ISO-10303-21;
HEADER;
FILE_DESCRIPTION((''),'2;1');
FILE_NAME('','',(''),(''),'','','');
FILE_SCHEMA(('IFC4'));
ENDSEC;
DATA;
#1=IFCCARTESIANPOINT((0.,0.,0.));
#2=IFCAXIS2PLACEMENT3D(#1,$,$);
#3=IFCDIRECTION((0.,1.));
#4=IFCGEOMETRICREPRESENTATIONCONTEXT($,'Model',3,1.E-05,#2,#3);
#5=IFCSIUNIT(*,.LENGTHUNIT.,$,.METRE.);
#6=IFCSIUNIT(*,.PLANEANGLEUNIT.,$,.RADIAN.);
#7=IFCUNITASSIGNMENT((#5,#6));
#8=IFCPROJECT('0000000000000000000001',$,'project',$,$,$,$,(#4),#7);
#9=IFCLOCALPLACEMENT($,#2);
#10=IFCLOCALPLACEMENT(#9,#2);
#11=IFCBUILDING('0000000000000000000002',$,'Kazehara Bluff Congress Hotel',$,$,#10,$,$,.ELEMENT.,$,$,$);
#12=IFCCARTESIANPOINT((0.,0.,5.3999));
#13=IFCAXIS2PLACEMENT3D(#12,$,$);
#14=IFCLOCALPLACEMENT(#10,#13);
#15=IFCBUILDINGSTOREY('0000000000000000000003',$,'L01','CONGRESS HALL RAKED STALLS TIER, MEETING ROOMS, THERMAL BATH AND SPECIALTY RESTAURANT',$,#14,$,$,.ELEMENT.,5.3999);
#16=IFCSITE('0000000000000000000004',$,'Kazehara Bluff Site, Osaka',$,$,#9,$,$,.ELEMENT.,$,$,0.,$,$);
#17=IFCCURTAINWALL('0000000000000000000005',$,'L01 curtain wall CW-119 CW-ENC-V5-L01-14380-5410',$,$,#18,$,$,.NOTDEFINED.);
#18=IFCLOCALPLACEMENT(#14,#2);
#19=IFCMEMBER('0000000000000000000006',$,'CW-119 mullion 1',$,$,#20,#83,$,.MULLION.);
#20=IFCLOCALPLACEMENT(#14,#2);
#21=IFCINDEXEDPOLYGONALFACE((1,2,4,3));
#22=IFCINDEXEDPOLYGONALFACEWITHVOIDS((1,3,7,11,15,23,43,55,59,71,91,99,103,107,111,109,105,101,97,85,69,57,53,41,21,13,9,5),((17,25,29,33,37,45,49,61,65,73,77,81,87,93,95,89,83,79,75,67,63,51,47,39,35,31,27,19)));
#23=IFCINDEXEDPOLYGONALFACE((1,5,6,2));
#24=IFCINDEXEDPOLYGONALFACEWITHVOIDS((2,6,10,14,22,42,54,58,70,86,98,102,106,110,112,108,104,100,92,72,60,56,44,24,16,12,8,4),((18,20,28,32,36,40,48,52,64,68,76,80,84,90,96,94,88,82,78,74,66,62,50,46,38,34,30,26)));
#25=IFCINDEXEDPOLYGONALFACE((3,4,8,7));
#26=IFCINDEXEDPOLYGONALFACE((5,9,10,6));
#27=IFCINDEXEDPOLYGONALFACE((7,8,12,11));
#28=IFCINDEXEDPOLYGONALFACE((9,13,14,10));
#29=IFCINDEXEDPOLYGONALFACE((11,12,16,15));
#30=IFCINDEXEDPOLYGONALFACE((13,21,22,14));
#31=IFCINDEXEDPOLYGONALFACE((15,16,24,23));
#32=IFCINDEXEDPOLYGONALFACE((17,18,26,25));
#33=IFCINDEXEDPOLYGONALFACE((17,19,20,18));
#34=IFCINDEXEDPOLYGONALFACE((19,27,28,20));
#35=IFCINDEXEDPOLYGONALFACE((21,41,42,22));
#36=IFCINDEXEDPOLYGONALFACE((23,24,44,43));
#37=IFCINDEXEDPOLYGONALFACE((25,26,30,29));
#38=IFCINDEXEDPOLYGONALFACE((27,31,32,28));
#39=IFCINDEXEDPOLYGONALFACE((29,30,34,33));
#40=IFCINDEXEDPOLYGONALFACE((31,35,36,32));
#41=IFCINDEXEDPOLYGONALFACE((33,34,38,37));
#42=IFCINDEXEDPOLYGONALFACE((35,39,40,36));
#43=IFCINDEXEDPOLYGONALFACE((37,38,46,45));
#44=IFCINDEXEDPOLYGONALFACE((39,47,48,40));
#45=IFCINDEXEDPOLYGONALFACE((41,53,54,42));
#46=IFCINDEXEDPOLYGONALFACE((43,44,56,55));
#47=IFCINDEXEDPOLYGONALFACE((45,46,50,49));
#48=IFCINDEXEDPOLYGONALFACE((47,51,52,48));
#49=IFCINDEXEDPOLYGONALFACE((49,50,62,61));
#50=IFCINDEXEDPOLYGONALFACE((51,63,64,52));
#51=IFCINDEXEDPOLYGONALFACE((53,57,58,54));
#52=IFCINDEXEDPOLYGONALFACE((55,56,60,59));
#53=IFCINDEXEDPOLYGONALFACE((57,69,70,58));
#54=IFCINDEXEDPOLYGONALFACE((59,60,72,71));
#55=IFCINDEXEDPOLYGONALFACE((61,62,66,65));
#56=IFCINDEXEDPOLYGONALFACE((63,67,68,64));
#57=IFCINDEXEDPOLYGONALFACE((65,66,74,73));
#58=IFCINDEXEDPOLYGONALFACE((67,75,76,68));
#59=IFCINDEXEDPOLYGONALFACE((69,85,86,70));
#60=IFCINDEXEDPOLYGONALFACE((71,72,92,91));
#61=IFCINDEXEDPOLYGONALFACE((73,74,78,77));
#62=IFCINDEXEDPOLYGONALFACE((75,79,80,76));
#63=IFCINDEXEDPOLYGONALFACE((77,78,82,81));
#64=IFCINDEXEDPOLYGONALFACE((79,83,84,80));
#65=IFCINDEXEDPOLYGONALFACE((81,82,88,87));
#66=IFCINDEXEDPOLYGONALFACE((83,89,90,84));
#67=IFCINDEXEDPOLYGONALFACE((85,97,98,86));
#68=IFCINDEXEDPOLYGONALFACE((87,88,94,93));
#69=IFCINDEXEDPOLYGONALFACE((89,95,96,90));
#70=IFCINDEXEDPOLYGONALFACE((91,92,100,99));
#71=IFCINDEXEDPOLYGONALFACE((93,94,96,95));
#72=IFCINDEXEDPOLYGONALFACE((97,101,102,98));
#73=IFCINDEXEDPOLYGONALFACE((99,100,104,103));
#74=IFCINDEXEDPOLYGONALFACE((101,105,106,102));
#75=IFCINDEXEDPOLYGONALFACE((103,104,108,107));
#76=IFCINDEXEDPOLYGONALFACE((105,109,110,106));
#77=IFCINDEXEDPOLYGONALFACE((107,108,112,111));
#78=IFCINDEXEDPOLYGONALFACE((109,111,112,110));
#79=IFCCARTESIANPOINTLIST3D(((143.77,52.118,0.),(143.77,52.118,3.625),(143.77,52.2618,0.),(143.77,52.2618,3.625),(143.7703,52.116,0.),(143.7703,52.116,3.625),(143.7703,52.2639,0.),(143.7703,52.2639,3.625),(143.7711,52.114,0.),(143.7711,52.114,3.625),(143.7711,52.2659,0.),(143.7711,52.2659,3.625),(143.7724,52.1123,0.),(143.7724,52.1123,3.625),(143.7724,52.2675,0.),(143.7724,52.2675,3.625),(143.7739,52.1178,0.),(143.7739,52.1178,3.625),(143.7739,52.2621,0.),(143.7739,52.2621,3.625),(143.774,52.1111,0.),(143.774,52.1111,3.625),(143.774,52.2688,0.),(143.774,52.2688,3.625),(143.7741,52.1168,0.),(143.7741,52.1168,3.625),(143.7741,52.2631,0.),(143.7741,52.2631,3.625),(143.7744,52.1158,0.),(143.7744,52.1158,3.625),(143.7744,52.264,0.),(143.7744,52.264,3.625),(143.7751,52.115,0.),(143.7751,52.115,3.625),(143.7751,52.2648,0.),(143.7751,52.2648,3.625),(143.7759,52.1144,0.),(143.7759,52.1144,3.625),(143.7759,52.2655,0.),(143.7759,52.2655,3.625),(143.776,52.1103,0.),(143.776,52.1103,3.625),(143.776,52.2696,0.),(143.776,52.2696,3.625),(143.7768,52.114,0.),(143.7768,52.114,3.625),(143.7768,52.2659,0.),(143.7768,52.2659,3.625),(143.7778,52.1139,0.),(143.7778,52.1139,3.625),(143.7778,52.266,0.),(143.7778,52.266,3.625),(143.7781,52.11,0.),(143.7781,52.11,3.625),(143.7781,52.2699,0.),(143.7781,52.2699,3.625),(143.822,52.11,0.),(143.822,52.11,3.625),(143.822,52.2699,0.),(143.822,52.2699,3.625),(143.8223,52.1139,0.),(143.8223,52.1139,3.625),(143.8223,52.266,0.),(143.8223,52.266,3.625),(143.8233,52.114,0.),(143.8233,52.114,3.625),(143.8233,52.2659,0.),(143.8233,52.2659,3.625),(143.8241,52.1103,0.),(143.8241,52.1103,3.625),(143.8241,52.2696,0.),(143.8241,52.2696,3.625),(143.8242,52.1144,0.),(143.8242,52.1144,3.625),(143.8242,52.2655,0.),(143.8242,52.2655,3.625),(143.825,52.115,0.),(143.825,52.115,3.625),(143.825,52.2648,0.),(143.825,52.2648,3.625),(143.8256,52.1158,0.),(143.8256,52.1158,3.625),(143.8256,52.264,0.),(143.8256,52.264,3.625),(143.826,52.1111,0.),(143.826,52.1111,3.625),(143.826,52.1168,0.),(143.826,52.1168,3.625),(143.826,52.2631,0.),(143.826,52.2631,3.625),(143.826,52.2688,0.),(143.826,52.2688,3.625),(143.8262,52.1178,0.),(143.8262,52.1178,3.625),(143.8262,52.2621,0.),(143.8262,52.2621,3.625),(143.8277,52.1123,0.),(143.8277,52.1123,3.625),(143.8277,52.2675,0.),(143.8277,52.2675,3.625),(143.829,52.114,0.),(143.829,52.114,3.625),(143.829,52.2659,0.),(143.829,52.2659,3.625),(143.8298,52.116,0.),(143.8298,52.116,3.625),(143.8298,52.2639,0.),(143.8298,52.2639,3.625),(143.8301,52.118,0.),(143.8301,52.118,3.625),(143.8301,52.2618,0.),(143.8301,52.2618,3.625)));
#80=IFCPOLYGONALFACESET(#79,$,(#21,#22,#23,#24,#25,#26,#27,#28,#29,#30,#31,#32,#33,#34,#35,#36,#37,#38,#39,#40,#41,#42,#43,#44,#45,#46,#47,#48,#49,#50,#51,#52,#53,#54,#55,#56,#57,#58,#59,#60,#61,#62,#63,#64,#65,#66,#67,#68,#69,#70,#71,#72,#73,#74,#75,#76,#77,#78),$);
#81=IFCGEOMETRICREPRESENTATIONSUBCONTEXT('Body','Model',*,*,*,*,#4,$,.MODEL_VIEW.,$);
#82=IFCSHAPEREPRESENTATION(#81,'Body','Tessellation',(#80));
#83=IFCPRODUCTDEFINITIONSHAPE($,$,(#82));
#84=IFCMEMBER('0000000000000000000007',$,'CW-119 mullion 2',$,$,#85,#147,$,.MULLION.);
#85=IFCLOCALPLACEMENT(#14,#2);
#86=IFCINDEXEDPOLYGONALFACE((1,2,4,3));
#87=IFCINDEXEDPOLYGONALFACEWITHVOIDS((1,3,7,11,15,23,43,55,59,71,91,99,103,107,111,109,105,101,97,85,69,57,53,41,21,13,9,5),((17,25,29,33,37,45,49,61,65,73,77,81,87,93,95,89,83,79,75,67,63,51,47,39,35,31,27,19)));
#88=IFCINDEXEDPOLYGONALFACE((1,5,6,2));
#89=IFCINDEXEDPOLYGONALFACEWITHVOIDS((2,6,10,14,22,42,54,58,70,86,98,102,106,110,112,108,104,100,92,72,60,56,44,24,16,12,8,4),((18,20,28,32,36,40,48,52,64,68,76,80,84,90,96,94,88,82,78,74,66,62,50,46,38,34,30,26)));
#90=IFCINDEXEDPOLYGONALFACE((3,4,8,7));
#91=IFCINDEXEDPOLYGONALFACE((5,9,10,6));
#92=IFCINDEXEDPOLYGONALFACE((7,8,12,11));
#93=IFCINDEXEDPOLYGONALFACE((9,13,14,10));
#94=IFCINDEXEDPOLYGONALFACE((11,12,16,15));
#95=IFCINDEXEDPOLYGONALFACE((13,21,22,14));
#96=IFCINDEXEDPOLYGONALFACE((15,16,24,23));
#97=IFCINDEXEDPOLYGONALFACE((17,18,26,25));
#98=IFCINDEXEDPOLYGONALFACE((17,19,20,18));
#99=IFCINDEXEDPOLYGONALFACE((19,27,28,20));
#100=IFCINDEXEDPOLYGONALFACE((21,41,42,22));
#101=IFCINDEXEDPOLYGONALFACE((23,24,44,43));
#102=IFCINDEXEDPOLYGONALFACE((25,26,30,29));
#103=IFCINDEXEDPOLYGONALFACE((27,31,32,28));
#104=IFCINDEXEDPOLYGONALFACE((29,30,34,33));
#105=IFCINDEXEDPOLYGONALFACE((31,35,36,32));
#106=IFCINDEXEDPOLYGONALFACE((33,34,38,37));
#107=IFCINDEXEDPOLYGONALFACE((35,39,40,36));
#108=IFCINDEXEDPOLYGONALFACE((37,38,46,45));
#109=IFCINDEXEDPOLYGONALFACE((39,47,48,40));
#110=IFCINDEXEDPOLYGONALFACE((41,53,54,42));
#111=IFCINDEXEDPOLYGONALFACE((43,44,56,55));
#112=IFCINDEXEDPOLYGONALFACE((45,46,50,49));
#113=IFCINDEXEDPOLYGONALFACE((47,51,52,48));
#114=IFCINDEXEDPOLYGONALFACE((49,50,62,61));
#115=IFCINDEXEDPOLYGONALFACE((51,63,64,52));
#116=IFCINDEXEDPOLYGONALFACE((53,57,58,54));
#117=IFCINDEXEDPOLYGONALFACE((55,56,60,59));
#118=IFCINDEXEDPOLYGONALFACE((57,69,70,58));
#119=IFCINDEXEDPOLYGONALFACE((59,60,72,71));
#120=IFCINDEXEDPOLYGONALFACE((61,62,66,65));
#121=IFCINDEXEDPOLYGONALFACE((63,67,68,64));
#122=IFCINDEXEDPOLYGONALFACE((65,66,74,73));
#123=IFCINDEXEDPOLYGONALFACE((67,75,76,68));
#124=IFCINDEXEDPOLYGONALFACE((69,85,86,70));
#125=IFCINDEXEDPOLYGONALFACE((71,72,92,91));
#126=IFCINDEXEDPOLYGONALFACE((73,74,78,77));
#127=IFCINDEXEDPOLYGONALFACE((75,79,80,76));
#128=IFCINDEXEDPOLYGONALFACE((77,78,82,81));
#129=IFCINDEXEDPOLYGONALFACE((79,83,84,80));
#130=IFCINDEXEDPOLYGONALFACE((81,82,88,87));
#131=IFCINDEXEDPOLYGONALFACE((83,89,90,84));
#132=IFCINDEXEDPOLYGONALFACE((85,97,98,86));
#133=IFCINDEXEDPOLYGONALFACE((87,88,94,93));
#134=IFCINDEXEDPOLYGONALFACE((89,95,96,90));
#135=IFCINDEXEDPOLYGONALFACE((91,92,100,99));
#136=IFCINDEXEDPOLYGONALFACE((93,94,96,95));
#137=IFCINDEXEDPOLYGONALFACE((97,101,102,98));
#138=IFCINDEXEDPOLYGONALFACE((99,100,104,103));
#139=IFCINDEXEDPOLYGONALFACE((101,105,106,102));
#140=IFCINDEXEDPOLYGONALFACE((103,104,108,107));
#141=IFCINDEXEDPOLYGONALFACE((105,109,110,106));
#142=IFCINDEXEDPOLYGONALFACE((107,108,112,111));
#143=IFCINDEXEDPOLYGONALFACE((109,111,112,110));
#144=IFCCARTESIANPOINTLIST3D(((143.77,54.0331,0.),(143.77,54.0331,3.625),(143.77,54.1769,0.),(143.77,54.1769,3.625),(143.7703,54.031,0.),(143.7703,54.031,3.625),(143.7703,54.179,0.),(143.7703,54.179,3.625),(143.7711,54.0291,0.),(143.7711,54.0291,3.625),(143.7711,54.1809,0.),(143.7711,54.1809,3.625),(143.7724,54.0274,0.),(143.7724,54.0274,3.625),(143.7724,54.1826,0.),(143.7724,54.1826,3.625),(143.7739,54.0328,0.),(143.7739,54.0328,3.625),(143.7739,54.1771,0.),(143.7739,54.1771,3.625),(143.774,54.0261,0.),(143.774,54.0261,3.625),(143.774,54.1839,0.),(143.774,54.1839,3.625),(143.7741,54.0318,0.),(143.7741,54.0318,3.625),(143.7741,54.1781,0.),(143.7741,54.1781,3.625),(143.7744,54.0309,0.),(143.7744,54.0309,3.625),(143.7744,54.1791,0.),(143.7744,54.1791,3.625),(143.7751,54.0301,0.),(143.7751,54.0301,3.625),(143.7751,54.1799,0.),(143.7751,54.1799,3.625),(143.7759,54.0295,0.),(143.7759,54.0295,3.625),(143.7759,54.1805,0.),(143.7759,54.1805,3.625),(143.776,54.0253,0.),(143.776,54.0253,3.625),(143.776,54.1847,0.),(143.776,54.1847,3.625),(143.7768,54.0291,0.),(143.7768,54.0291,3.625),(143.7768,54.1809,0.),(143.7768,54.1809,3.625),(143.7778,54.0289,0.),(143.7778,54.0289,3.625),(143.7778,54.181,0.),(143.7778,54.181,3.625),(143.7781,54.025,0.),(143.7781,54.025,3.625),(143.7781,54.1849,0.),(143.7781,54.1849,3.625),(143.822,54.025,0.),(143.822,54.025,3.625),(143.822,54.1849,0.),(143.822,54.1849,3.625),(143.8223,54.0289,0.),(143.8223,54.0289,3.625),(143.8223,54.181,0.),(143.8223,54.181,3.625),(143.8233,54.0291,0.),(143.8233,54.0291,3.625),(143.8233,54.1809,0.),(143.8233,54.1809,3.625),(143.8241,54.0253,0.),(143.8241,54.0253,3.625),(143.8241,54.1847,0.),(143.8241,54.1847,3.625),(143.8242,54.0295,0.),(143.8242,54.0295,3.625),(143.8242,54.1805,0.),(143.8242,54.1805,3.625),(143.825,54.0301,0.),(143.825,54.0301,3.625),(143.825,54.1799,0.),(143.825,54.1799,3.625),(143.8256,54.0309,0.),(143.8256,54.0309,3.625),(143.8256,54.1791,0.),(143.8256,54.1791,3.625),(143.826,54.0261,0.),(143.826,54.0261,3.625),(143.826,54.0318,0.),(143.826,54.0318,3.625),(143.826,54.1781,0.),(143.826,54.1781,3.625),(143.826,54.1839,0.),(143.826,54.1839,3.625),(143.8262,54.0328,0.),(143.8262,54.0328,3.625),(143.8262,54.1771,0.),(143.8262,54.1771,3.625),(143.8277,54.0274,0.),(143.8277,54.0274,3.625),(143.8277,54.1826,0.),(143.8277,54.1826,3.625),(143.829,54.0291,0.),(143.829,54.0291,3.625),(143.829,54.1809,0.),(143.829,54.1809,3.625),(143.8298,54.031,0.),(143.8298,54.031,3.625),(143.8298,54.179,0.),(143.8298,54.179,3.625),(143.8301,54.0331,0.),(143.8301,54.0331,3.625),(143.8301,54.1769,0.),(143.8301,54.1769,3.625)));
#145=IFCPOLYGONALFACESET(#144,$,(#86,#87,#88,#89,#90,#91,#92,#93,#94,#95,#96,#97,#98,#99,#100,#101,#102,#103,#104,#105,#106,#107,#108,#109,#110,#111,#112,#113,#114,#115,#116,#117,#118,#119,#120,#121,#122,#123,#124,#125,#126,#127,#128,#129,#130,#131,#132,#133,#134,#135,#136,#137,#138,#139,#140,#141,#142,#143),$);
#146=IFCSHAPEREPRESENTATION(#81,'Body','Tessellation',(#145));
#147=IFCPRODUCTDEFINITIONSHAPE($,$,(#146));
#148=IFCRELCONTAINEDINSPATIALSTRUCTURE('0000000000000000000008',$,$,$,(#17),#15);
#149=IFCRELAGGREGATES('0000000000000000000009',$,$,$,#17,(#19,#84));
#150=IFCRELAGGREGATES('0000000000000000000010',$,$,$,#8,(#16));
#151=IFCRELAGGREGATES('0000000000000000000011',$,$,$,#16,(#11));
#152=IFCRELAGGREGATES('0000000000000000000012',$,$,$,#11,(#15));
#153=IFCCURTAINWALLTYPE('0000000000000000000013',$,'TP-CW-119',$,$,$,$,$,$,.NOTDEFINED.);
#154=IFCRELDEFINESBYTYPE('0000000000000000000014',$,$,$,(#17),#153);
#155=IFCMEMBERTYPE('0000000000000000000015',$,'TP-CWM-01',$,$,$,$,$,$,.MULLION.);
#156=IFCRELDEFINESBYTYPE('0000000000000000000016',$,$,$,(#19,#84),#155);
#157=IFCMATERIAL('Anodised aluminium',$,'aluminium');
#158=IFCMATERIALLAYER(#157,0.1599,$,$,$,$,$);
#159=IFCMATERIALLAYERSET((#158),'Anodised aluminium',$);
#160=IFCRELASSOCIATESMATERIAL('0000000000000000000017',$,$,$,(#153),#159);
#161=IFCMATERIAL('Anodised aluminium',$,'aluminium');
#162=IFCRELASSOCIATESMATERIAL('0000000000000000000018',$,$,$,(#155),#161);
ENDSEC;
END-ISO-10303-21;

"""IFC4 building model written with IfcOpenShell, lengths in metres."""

from ifc_helpers import new_model, si_unit, direction, frame, origin, origin_2d, place, context, subcontext, project, spatial, hollow_rectangle, extrude, material, layer, layer_set, material_profile, profile_set, type_object, element, aggregate, save


model = new_model("IFC4")

# Units and contexts
model_context = context("Model", 3, precision=1e-05, world=origin(), true_north=direction((0.0, 1.0)))
body_context = subcontext(model_context, "Body", "Model", "MODEL_VIEW")
ifc_project = project(units=[si_unit("LENGTHUNIT", "METRE"), si_unit("PLANEANGLEUNIT", "RADIAN")], contexts=[model_context])

# Site, building, storey
site_placement = place(None, origin())
site = spatial("IfcSite", under=ifc_project, at=site_placement, Name="Kazehara Bluff Site, Osaka", CompositionType="ELEMENT", RefElevation=0.0)
building_placement = place(site_placement, origin())
building = spatial("IfcBuilding", under=site, at=building_placement, Name="Kazehara Bluff Congress Hotel", CompositionType="ELEMENT")
storey_placement = place(building_placement, frame((0.0, 0.0, 5.3999)))
storey = spatial("IfcBuildingStorey", under=building, at=storey_placement, Name="L01", Description="CONGRESS HALL RAKED STALLS TIER, MEETING ROOMS, THERMAL BATH AND SPECIALTY RESTAURANT", CompositionType="ELEMENT", Elevation=5.3999)

# Curtain wall, members
ifc_material_1 = material(Name="Anodised aluminium", Category="aluminium")
ifc_layer_1 = layer(ifc_material_1, 0.1599)
ifc_layer_set_1 = layer_set([ifc_layer_1], Name="Anodised aluminium")
curtain_wall_type_1 = type_object("IfcCurtainWallType", Name="TP-CW-119", PredefinedType="NOTDEFINED", material=ifc_layer_set_1)
curtain_wall_1_placement = place(storey_placement, origin())
curtain_wall_1 = element("IfcCurtainWall", 1, at=curtain_wall_1_placement, inside=storey, type_object=curtain_wall_type_1, Name="L01 curtain wall CW-119 CW-ENC-V5-L01-14380-5410", PredefinedType="NOTDEFINED")
ifc_material_2 = material(Name="Anodised aluminium", Category="aluminium")
ifc_material_profile_1 = material_profile(ifc_material_2, hollow_rectangle(XDim=0.0601, YDim=0.1599, WallThickness=0.0039, InnerFilletRadius=0.0039, OuterFilletRadius=0.0081, at=origin_2d()))
ifc_profile_set_1 = profile_set([ifc_material_profile_1], Name="Anodised aluminium")
member_type_1 = type_object("IfcMemberType", Name="TP-CWM-01", PredefinedType="MULLION", material=ifc_profile_set_1)
member_1_placement = place(storey_placement, frame((143.8, 52.1899, 0.0), z_axis=(0.0, 0.0, 1.0), x_axis=(-1.0, 0.0, 0.0)))
member_1 = element("IfcMember", 2, at=member_1_placement, type_object=member_type_1, Name="CW-119 mullion 1", PredefinedType="MULLION", context=body_context, shape_type="SweptSolid", body=[
    extrude(hollow_rectangle(XDim=0.0601, YDim=0.1599, WallThickness=0.0039, InnerFilletRadius=0.0039, OuterFilletRadius=0.0081, at=origin_2d()), origin(), (0.0, 0.0, 1.0), 3.625),
])
member_2_placement = place(storey_placement, frame((143.8, 54.105, 0.0), z_axis=(0.0, 0.0, 1.0), x_axis=(-1.0, 0.0, 0.0)))
member_2 = element("IfcMember", 3, at=member_2_placement, type_object=member_type_1, Name="CW-119 mullion 2", PredefinedType="MULLION", context=body_context, shape_type="SweptSolid", body=[
    extrude(hollow_rectangle(XDim=0.0601, YDim=0.1599, WallThickness=0.0039, InnerFilletRadius=0.0039, OuterFilletRadius=0.0081, at=origin_2d()), origin(), (0.0, 0.0, 1.0), 3.625),
])

aggregate(curtain_wall_1, [member_1, member_2])

save(model, "model.ifc")
